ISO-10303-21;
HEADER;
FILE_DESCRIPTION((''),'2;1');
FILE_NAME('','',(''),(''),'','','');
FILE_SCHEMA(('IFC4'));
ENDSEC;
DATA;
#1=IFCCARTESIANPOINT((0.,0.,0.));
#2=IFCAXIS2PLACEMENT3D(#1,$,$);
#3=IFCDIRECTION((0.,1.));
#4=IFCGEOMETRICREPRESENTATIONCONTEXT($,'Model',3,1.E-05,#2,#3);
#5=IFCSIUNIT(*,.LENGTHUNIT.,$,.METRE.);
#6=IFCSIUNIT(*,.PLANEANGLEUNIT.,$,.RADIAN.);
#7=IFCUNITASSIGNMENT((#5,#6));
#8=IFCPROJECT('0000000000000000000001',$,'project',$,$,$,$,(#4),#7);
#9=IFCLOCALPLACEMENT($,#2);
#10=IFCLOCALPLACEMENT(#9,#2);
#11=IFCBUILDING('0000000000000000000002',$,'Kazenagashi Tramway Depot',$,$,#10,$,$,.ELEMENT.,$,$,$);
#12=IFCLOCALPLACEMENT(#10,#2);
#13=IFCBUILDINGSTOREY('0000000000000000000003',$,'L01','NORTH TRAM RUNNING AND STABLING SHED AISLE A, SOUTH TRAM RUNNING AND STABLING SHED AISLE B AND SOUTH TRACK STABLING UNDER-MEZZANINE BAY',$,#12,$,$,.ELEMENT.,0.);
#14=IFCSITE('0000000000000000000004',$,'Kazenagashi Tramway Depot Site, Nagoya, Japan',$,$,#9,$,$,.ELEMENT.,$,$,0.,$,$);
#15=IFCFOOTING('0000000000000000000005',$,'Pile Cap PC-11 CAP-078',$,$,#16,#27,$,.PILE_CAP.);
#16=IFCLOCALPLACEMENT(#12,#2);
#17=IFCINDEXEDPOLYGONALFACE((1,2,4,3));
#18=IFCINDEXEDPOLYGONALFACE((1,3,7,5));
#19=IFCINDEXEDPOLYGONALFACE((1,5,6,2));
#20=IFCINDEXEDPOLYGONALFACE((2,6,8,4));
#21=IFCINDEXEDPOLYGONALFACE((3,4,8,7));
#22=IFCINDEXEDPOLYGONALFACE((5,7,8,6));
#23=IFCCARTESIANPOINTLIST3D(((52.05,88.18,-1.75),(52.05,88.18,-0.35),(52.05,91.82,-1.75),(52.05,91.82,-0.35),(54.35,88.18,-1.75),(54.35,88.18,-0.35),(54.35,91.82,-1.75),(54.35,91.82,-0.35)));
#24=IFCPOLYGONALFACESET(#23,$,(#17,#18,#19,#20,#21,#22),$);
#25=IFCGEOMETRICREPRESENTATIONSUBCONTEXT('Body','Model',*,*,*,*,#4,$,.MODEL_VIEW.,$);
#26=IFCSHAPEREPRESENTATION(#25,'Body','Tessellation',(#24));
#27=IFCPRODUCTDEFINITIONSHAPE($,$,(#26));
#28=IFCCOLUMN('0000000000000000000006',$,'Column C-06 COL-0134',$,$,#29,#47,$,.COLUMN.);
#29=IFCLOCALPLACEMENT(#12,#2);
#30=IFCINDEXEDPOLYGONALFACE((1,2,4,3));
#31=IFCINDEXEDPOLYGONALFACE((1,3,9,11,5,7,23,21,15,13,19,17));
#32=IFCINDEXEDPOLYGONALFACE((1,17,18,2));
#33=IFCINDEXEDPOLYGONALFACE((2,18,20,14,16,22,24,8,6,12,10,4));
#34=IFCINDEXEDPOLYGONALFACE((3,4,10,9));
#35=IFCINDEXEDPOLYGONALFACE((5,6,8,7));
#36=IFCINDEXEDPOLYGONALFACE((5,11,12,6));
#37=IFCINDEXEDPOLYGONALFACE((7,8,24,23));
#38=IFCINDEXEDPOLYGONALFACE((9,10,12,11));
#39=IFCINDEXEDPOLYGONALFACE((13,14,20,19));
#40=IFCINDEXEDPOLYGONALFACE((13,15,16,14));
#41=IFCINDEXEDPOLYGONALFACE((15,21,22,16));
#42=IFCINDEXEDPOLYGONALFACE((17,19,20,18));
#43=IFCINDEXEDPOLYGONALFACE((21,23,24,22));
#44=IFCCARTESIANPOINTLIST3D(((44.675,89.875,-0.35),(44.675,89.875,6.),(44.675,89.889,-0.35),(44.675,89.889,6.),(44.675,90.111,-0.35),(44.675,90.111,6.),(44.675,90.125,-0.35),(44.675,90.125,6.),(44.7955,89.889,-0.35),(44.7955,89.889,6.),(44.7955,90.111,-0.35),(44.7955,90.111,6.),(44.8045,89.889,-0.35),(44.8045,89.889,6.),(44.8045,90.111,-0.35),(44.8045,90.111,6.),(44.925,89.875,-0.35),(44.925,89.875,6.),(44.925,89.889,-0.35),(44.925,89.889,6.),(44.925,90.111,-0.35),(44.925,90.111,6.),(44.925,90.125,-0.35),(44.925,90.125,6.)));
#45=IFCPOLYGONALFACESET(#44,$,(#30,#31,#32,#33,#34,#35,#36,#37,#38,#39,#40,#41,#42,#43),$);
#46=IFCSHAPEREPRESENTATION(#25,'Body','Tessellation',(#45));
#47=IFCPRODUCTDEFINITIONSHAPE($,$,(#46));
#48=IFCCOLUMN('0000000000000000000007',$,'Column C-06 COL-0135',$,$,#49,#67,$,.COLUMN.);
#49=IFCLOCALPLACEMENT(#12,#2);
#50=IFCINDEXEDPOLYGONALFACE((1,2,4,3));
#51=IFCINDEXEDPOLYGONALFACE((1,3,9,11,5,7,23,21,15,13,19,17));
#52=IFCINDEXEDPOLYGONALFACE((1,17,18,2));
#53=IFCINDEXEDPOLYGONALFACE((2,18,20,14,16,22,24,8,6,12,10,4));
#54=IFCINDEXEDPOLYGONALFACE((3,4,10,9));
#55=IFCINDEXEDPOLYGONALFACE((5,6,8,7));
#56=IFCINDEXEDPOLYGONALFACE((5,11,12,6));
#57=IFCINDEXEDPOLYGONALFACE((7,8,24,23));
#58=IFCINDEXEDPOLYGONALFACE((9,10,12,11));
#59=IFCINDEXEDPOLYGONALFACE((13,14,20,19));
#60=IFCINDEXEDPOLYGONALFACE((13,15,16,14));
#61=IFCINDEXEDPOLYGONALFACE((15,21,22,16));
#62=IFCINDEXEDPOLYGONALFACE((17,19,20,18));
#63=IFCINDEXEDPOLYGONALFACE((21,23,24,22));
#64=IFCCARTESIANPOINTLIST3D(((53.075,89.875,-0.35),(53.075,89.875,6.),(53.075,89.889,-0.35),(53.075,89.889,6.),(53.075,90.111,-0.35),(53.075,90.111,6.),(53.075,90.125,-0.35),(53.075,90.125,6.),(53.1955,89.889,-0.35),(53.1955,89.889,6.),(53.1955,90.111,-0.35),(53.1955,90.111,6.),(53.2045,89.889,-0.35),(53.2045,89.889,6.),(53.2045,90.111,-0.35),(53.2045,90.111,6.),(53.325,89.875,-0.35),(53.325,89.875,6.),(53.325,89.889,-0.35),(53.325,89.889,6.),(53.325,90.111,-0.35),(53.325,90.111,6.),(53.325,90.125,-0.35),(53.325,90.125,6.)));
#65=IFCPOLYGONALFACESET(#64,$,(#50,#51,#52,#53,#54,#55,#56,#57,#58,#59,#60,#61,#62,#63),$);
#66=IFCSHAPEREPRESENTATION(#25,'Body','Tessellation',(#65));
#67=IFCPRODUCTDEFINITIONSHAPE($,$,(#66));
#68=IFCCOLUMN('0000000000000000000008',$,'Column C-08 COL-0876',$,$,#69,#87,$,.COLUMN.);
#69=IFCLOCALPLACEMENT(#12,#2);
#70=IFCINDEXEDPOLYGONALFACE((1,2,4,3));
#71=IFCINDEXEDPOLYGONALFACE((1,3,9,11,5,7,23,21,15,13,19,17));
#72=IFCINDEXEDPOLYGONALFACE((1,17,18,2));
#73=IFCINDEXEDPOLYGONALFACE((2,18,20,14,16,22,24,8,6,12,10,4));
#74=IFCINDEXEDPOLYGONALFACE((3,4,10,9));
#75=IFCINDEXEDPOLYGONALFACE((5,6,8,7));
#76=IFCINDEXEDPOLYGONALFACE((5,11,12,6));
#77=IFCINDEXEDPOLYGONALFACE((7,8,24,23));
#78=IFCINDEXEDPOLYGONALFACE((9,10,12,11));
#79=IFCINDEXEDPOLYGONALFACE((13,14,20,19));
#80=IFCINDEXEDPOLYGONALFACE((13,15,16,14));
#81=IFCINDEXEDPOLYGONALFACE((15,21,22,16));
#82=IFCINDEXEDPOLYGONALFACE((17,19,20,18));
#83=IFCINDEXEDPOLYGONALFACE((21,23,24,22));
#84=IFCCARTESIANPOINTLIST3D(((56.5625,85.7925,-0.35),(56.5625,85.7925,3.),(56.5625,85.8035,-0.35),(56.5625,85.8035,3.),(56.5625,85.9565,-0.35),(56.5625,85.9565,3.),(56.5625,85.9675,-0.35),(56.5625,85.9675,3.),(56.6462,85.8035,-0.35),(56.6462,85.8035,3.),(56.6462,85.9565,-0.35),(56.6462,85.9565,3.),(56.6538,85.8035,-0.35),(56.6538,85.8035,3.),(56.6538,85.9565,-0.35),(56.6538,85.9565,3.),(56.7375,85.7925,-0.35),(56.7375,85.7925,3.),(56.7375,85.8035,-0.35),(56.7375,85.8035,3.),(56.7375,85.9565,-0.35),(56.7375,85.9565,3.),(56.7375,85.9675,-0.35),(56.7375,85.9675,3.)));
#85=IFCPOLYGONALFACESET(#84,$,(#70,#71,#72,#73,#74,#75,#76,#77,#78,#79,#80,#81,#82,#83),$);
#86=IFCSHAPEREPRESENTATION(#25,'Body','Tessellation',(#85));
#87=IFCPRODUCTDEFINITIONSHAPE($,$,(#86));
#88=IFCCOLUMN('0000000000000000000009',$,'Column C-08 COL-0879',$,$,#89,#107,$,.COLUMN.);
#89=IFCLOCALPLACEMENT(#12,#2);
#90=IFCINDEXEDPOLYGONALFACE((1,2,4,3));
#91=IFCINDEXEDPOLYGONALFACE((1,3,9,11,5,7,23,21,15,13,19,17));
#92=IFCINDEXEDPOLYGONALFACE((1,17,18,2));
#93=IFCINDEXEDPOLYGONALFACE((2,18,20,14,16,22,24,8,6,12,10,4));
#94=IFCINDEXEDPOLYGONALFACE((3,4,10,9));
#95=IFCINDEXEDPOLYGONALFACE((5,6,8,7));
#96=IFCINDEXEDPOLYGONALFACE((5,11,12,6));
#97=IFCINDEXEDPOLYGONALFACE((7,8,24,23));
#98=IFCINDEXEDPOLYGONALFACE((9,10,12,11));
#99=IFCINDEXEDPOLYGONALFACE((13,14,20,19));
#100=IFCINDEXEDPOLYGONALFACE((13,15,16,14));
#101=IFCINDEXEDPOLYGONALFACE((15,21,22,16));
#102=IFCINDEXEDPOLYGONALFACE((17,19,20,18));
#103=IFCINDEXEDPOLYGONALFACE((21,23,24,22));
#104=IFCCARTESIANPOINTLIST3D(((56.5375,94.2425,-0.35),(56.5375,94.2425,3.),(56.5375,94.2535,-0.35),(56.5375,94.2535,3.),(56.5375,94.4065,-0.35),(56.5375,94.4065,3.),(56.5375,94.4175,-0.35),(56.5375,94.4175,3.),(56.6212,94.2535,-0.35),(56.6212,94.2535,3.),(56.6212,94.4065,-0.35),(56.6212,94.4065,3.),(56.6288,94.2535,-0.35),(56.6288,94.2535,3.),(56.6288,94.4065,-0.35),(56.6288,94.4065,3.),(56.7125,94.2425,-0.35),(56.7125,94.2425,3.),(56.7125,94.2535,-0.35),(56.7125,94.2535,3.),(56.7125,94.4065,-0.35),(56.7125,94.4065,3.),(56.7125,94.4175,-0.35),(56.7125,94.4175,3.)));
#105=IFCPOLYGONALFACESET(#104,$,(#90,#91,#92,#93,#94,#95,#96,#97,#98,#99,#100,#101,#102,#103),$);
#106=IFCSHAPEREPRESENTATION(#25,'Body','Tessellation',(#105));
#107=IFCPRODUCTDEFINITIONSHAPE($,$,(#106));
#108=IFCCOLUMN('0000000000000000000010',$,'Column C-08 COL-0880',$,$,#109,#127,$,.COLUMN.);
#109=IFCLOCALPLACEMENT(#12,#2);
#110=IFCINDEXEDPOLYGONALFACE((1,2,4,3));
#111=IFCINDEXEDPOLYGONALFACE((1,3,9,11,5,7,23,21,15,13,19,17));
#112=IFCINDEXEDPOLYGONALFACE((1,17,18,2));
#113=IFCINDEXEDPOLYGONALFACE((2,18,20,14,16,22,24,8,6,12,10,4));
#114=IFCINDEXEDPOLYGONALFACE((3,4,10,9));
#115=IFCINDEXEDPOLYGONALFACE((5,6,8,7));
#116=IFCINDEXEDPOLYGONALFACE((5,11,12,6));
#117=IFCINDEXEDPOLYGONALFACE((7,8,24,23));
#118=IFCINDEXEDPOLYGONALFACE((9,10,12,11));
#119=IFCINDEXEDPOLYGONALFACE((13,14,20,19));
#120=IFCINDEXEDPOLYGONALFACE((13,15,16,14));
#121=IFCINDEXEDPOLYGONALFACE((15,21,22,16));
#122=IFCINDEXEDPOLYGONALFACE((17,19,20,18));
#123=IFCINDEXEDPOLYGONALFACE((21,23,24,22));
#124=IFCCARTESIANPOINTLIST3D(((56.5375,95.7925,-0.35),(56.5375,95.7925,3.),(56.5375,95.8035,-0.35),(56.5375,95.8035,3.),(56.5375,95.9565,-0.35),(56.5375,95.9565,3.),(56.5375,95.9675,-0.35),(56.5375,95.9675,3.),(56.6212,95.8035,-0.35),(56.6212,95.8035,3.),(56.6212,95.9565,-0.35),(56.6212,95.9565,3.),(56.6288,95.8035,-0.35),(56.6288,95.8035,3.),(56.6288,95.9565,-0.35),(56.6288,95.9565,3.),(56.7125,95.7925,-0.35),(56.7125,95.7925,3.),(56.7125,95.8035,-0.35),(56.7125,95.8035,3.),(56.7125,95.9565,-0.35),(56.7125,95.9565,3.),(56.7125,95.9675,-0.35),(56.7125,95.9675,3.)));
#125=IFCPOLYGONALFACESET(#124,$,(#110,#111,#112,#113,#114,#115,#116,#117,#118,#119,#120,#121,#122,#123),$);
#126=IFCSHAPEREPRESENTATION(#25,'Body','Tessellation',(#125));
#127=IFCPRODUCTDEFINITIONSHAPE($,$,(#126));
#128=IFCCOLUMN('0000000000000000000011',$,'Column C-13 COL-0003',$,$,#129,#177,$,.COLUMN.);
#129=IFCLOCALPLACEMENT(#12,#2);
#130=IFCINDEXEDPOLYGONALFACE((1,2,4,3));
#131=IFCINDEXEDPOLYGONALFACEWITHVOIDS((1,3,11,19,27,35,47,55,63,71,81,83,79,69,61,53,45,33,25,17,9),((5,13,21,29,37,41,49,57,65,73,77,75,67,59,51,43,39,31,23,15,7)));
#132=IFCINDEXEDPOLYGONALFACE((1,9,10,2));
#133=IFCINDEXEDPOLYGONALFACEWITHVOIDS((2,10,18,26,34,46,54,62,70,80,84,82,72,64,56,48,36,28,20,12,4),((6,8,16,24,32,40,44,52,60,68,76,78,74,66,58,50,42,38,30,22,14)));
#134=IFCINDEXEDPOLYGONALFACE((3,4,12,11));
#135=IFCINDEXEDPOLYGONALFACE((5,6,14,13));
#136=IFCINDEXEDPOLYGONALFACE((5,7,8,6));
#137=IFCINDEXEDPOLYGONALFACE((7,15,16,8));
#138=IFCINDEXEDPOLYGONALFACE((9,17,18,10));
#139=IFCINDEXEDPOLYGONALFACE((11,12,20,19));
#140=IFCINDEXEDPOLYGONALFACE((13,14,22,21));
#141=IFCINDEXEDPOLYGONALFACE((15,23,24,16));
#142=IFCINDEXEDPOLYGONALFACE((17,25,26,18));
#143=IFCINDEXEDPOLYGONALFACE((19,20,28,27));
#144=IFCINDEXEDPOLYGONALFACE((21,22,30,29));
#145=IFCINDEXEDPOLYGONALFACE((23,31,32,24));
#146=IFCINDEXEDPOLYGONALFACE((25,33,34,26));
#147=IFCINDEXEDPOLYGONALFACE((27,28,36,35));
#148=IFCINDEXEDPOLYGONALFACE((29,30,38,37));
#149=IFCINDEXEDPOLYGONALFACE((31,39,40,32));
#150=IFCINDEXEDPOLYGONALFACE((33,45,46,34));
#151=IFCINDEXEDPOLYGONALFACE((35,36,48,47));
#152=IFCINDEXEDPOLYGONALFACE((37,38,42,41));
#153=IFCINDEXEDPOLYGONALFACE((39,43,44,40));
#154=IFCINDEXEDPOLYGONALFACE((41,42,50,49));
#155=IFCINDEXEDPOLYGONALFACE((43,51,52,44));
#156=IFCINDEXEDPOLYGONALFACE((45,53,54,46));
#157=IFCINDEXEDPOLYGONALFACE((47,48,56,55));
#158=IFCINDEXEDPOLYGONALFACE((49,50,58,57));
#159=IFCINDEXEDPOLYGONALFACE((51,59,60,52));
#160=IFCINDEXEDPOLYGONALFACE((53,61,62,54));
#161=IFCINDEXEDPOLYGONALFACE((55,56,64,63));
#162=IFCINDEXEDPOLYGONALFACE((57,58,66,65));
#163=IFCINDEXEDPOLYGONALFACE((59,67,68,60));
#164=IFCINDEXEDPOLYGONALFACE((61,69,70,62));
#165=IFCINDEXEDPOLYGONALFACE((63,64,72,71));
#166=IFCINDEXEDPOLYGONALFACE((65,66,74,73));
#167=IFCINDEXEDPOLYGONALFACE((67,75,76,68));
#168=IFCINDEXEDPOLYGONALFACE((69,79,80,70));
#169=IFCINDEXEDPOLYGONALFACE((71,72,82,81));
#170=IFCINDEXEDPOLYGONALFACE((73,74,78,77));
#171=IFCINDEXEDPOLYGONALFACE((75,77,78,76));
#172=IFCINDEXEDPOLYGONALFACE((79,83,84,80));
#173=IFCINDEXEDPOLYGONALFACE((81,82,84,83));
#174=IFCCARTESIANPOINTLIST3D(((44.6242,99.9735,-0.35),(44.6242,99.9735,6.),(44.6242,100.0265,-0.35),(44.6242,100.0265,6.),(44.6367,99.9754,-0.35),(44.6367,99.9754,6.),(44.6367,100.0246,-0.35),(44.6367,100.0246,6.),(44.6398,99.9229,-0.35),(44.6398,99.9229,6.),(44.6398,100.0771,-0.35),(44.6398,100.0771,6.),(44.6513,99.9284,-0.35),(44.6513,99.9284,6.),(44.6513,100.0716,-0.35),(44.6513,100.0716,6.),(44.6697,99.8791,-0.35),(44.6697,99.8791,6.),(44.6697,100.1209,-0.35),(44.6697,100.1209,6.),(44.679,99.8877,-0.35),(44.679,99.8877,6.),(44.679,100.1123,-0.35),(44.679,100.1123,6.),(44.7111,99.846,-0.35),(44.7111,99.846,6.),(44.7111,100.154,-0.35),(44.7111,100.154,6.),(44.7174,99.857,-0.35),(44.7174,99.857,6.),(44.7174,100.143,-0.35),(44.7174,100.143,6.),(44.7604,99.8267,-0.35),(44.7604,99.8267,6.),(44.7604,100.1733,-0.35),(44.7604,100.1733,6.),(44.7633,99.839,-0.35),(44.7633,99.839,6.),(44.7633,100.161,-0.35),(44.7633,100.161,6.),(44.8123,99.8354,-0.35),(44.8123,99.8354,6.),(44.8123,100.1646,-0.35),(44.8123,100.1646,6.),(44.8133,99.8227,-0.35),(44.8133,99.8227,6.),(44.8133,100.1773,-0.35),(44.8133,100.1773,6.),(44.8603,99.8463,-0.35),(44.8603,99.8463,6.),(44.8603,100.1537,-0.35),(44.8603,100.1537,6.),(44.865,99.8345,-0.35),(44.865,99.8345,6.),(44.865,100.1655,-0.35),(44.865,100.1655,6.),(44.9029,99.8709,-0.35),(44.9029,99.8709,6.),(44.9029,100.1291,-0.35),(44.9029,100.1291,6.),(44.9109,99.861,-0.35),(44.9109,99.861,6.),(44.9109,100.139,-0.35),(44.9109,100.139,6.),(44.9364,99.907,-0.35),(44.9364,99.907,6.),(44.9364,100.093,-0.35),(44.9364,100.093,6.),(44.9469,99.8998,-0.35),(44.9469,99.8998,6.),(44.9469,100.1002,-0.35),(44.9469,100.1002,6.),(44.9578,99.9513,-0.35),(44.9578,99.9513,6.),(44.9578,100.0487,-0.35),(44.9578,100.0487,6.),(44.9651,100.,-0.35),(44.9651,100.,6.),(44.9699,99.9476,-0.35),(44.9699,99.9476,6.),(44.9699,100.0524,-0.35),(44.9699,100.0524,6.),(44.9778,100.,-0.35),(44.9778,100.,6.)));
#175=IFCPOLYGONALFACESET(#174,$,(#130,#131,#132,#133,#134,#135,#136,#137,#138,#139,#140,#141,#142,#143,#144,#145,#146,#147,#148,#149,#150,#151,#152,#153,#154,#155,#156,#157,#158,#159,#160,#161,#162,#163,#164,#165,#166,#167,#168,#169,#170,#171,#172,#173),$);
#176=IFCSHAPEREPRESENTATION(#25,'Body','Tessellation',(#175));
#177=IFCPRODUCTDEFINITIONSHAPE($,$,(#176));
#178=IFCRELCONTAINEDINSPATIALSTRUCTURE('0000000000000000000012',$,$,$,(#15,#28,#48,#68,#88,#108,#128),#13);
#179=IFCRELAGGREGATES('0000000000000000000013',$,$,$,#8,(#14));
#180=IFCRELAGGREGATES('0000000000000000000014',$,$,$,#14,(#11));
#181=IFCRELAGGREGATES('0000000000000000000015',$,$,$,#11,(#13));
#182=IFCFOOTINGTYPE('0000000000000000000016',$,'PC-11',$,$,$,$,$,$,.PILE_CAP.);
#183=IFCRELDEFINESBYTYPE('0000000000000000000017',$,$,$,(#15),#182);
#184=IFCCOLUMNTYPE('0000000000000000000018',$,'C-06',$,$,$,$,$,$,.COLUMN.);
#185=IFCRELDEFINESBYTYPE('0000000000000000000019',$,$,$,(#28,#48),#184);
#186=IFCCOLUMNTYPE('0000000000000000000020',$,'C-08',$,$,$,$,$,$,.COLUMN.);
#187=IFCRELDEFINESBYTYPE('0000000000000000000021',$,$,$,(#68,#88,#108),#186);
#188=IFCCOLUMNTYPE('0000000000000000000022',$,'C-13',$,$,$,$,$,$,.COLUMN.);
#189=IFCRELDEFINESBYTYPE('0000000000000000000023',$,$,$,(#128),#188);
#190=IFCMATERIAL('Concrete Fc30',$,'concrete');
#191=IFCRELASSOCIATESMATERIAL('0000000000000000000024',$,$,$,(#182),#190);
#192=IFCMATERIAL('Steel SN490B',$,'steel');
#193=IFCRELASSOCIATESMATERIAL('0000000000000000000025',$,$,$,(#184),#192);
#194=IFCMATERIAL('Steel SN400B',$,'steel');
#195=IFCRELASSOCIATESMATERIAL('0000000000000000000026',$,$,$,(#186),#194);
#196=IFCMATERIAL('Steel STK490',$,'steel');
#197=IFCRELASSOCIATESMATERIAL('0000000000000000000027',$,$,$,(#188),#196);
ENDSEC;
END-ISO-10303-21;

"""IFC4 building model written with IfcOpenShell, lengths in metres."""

from ifc_helpers import new_model, si_unit, direction, frame, origin, origin_2d, place, context, subcontext, project, spatial, rectangle, hollow_circle, i_section, extrude, material, material_profile, profile_set, type_object, element, save


model = new_model("IFC4")

# Units and contexts
model_context = context("Model", 3, precision=1e-05, world=origin(), true_north=direction((0.0, 1.0)))
body_context = subcontext(model_context, "Body", "Model", "MODEL_VIEW")
ifc_project = project(units=[si_unit("LENGTHUNIT", "METRE"), si_unit("PLANEANGLEUNIT", "RADIAN")], contexts=[model_context])

# Site, building, storey
site_placement = place(None, origin())
site = spatial("IfcSite", under=ifc_project, at=site_placement, Name="Kazenagashi Tramway Depot Site, Nagoya, Japan", CompositionType="ELEMENT", RefElevation=0.0)
building_placement = place(site_placement, origin())
building = spatial("IfcBuilding", under=site, at=building_placement, Name="Kazenagashi Tramway Depot", CompositionType="ELEMENT")
storey_placement = place(building_placement, origin())
storey = spatial("IfcBuildingStorey", under=building, at=storey_placement, Name="L01", Description="NORTH TRAM RUNNING AND STABLING SHED AISLE A, SOUTH TRAM RUNNING AND STABLING SHED AISLE B AND SOUTH TRACK STABLING UNDER-MEZZANINE BAY", CompositionType="ELEMENT", Elevation=0.0)

# Shared definitions
ifc_material_1 = material(Name="Concrete Fc30", Category="concrete")

# Footing
footing_type_1 = type_object("IfcFootingType", Name="PC-11", PredefinedType="PILE_CAP", material=ifc_material_1)
for number, where, z_axis, x_axis, name in (
    (1, (53.2, 90.0, -1.75), (0.0, 0.0, 1.0), (1.0, 0.0, 0.0), "Pile Cap PC-11 CAP-078"),
):
    element("IfcFooting", number, at=place(storey_placement, frame(where, z_axis=z_axis, x_axis=x_axis)), inside=storey, type_object=footing_type_1, Name=name, PredefinedType="PILE_CAP", context=body_context, shape_type="SweptSolid", body=[
        extrude(rectangle(XDim=2.3, YDim=3.64, at=origin_2d()), origin(), (0.0, 0.0, 1.0), 1.4),
    ])

# Columns
ifc_material_2 = material(Name="Steel SN490B", Category="steel")
ifc_material_profile_1 = material_profile(ifc_material_2, i_section(OverallWidth=0.25, OverallDepth=0.25, WebThickness=0.009, FlangeThickness=0.014, at=origin_2d()), Name="H-250x250x9x14")
ifc_profile_set_1 = profile_set([ifc_material_profile_1], Name="Steel SN490B")
column_type_1 = type_object("IfcColumnType", Name="C-06", PredefinedType="COLUMN", material=ifc_profile_set_1)
for number, where, z_axis, x_axis, name in (
    (2, (44.8, 90.0, -0.35), (0.0, 0.0, 1.0), (1.0, 0.0, 0.0), "Column C-06 COL-0134"),
    (3, (53.2, 90.0, -0.35), (0.0, 0.0, 1.0), (1.0, 0.0, 0.0), "Column C-06 COL-0135"),
):
    element("IfcColumn", number, at=place(storey_placement, frame(where, z_axis=z_axis, x_axis=x_axis)), inside=storey, type_object=column_type_1, Name=name, PredefinedType="COLUMN", context=body_context, shape_type="SweptSolid", body=[
        extrude(i_section(OverallWidth=0.25, OverallDepth=0.25, WebThickness=0.009, FlangeThickness=0.014, at=origin_2d()), origin(), (0.0, 0.0, 1.0), 6.35),
    ])
ifc_material_3 = material(Name="Steel SN400B", Category="steel")
ifc_material_profile_2 = material_profile(ifc_material_3, i_section(OverallWidth=0.175, OverallDepth=0.175, WebThickness=0.0075, FlangeThickness=0.011, at=origin_2d()), Name="H-175x175x7.5x11")
ifc_profile_set_2 = profile_set([ifc_material_profile_2], Name="Steel SN400B")
column_type_2 = type_object("IfcColumnType", Name="C-08", PredefinedType="COLUMN", material=ifc_profile_set_2)
for number, where, z_axis, x_axis, name in (
    (4, (56.65, 85.88, -0.35), (0.0, 0.0, 1.0), (1.0, 0.0, 0.0), "Column C-08 COL-0876"),
    (5, (56.625, 94.33, -0.35), (0.0, 0.0, 1.0), (1.0, 0.0, 0.0), "Column C-08 COL-0879"),
    (6, (56.625, 95.88, -0.35), (0.0, 0.0, 1.0), (1.0, 0.0, 0.0), "Column C-08 COL-0880"),
):
    element("IfcColumn", number, at=place(storey_placement, frame(where, z_axis=z_axis, x_axis=x_axis)), inside=storey, type_object=column_type_2, Name=name, PredefinedType="COLUMN", context=body_context, shape_type="SweptSolid", body=[
        extrude(i_section(OverallWidth=0.175, OverallDepth=0.175, WebThickness=0.0075, FlangeThickness=0.011, at=origin_2d()), origin(), (0.0, 0.0, 1.0), 3.35),
    ])
ifc_material_4 = material(Name="Steel STK490", Category="steel")
ifc_material_profile_3 = material_profile(ifc_material_4, hollow_circle(Radius=0.1778, WallThickness=0.0127, at=origin_2d()), Name="CHS-355.6x12.7")
ifc_profile_set_3 = profile_set([ifc_material_profile_3], Name="Steel STK490")
column_type_3 = type_object("IfcColumnType", Name="C-13", PredefinedType="COLUMN", material=ifc_profile_set_3)
column_placement = place(storey_placement, frame((44.8, 100.0, -0.35), z_axis=(0.0, 0.0, 1.0), x_axis=(1.0, 0.0, 0.0)))
element("IfcColumn", 7, at=column_placement, inside=storey, type_object=column_type_3, Name="Column C-13 COL-0003", PredefinedType="COLUMN", context=body_context, shape_type="SweptSolid", body=[
    extrude(hollow_circle(Radius=0.1778, WallThickness=0.0127, at=origin_2d()), origin(), (0.0, 0.0, 1.0), 6.35),
])

save(model, "model.ifc")
